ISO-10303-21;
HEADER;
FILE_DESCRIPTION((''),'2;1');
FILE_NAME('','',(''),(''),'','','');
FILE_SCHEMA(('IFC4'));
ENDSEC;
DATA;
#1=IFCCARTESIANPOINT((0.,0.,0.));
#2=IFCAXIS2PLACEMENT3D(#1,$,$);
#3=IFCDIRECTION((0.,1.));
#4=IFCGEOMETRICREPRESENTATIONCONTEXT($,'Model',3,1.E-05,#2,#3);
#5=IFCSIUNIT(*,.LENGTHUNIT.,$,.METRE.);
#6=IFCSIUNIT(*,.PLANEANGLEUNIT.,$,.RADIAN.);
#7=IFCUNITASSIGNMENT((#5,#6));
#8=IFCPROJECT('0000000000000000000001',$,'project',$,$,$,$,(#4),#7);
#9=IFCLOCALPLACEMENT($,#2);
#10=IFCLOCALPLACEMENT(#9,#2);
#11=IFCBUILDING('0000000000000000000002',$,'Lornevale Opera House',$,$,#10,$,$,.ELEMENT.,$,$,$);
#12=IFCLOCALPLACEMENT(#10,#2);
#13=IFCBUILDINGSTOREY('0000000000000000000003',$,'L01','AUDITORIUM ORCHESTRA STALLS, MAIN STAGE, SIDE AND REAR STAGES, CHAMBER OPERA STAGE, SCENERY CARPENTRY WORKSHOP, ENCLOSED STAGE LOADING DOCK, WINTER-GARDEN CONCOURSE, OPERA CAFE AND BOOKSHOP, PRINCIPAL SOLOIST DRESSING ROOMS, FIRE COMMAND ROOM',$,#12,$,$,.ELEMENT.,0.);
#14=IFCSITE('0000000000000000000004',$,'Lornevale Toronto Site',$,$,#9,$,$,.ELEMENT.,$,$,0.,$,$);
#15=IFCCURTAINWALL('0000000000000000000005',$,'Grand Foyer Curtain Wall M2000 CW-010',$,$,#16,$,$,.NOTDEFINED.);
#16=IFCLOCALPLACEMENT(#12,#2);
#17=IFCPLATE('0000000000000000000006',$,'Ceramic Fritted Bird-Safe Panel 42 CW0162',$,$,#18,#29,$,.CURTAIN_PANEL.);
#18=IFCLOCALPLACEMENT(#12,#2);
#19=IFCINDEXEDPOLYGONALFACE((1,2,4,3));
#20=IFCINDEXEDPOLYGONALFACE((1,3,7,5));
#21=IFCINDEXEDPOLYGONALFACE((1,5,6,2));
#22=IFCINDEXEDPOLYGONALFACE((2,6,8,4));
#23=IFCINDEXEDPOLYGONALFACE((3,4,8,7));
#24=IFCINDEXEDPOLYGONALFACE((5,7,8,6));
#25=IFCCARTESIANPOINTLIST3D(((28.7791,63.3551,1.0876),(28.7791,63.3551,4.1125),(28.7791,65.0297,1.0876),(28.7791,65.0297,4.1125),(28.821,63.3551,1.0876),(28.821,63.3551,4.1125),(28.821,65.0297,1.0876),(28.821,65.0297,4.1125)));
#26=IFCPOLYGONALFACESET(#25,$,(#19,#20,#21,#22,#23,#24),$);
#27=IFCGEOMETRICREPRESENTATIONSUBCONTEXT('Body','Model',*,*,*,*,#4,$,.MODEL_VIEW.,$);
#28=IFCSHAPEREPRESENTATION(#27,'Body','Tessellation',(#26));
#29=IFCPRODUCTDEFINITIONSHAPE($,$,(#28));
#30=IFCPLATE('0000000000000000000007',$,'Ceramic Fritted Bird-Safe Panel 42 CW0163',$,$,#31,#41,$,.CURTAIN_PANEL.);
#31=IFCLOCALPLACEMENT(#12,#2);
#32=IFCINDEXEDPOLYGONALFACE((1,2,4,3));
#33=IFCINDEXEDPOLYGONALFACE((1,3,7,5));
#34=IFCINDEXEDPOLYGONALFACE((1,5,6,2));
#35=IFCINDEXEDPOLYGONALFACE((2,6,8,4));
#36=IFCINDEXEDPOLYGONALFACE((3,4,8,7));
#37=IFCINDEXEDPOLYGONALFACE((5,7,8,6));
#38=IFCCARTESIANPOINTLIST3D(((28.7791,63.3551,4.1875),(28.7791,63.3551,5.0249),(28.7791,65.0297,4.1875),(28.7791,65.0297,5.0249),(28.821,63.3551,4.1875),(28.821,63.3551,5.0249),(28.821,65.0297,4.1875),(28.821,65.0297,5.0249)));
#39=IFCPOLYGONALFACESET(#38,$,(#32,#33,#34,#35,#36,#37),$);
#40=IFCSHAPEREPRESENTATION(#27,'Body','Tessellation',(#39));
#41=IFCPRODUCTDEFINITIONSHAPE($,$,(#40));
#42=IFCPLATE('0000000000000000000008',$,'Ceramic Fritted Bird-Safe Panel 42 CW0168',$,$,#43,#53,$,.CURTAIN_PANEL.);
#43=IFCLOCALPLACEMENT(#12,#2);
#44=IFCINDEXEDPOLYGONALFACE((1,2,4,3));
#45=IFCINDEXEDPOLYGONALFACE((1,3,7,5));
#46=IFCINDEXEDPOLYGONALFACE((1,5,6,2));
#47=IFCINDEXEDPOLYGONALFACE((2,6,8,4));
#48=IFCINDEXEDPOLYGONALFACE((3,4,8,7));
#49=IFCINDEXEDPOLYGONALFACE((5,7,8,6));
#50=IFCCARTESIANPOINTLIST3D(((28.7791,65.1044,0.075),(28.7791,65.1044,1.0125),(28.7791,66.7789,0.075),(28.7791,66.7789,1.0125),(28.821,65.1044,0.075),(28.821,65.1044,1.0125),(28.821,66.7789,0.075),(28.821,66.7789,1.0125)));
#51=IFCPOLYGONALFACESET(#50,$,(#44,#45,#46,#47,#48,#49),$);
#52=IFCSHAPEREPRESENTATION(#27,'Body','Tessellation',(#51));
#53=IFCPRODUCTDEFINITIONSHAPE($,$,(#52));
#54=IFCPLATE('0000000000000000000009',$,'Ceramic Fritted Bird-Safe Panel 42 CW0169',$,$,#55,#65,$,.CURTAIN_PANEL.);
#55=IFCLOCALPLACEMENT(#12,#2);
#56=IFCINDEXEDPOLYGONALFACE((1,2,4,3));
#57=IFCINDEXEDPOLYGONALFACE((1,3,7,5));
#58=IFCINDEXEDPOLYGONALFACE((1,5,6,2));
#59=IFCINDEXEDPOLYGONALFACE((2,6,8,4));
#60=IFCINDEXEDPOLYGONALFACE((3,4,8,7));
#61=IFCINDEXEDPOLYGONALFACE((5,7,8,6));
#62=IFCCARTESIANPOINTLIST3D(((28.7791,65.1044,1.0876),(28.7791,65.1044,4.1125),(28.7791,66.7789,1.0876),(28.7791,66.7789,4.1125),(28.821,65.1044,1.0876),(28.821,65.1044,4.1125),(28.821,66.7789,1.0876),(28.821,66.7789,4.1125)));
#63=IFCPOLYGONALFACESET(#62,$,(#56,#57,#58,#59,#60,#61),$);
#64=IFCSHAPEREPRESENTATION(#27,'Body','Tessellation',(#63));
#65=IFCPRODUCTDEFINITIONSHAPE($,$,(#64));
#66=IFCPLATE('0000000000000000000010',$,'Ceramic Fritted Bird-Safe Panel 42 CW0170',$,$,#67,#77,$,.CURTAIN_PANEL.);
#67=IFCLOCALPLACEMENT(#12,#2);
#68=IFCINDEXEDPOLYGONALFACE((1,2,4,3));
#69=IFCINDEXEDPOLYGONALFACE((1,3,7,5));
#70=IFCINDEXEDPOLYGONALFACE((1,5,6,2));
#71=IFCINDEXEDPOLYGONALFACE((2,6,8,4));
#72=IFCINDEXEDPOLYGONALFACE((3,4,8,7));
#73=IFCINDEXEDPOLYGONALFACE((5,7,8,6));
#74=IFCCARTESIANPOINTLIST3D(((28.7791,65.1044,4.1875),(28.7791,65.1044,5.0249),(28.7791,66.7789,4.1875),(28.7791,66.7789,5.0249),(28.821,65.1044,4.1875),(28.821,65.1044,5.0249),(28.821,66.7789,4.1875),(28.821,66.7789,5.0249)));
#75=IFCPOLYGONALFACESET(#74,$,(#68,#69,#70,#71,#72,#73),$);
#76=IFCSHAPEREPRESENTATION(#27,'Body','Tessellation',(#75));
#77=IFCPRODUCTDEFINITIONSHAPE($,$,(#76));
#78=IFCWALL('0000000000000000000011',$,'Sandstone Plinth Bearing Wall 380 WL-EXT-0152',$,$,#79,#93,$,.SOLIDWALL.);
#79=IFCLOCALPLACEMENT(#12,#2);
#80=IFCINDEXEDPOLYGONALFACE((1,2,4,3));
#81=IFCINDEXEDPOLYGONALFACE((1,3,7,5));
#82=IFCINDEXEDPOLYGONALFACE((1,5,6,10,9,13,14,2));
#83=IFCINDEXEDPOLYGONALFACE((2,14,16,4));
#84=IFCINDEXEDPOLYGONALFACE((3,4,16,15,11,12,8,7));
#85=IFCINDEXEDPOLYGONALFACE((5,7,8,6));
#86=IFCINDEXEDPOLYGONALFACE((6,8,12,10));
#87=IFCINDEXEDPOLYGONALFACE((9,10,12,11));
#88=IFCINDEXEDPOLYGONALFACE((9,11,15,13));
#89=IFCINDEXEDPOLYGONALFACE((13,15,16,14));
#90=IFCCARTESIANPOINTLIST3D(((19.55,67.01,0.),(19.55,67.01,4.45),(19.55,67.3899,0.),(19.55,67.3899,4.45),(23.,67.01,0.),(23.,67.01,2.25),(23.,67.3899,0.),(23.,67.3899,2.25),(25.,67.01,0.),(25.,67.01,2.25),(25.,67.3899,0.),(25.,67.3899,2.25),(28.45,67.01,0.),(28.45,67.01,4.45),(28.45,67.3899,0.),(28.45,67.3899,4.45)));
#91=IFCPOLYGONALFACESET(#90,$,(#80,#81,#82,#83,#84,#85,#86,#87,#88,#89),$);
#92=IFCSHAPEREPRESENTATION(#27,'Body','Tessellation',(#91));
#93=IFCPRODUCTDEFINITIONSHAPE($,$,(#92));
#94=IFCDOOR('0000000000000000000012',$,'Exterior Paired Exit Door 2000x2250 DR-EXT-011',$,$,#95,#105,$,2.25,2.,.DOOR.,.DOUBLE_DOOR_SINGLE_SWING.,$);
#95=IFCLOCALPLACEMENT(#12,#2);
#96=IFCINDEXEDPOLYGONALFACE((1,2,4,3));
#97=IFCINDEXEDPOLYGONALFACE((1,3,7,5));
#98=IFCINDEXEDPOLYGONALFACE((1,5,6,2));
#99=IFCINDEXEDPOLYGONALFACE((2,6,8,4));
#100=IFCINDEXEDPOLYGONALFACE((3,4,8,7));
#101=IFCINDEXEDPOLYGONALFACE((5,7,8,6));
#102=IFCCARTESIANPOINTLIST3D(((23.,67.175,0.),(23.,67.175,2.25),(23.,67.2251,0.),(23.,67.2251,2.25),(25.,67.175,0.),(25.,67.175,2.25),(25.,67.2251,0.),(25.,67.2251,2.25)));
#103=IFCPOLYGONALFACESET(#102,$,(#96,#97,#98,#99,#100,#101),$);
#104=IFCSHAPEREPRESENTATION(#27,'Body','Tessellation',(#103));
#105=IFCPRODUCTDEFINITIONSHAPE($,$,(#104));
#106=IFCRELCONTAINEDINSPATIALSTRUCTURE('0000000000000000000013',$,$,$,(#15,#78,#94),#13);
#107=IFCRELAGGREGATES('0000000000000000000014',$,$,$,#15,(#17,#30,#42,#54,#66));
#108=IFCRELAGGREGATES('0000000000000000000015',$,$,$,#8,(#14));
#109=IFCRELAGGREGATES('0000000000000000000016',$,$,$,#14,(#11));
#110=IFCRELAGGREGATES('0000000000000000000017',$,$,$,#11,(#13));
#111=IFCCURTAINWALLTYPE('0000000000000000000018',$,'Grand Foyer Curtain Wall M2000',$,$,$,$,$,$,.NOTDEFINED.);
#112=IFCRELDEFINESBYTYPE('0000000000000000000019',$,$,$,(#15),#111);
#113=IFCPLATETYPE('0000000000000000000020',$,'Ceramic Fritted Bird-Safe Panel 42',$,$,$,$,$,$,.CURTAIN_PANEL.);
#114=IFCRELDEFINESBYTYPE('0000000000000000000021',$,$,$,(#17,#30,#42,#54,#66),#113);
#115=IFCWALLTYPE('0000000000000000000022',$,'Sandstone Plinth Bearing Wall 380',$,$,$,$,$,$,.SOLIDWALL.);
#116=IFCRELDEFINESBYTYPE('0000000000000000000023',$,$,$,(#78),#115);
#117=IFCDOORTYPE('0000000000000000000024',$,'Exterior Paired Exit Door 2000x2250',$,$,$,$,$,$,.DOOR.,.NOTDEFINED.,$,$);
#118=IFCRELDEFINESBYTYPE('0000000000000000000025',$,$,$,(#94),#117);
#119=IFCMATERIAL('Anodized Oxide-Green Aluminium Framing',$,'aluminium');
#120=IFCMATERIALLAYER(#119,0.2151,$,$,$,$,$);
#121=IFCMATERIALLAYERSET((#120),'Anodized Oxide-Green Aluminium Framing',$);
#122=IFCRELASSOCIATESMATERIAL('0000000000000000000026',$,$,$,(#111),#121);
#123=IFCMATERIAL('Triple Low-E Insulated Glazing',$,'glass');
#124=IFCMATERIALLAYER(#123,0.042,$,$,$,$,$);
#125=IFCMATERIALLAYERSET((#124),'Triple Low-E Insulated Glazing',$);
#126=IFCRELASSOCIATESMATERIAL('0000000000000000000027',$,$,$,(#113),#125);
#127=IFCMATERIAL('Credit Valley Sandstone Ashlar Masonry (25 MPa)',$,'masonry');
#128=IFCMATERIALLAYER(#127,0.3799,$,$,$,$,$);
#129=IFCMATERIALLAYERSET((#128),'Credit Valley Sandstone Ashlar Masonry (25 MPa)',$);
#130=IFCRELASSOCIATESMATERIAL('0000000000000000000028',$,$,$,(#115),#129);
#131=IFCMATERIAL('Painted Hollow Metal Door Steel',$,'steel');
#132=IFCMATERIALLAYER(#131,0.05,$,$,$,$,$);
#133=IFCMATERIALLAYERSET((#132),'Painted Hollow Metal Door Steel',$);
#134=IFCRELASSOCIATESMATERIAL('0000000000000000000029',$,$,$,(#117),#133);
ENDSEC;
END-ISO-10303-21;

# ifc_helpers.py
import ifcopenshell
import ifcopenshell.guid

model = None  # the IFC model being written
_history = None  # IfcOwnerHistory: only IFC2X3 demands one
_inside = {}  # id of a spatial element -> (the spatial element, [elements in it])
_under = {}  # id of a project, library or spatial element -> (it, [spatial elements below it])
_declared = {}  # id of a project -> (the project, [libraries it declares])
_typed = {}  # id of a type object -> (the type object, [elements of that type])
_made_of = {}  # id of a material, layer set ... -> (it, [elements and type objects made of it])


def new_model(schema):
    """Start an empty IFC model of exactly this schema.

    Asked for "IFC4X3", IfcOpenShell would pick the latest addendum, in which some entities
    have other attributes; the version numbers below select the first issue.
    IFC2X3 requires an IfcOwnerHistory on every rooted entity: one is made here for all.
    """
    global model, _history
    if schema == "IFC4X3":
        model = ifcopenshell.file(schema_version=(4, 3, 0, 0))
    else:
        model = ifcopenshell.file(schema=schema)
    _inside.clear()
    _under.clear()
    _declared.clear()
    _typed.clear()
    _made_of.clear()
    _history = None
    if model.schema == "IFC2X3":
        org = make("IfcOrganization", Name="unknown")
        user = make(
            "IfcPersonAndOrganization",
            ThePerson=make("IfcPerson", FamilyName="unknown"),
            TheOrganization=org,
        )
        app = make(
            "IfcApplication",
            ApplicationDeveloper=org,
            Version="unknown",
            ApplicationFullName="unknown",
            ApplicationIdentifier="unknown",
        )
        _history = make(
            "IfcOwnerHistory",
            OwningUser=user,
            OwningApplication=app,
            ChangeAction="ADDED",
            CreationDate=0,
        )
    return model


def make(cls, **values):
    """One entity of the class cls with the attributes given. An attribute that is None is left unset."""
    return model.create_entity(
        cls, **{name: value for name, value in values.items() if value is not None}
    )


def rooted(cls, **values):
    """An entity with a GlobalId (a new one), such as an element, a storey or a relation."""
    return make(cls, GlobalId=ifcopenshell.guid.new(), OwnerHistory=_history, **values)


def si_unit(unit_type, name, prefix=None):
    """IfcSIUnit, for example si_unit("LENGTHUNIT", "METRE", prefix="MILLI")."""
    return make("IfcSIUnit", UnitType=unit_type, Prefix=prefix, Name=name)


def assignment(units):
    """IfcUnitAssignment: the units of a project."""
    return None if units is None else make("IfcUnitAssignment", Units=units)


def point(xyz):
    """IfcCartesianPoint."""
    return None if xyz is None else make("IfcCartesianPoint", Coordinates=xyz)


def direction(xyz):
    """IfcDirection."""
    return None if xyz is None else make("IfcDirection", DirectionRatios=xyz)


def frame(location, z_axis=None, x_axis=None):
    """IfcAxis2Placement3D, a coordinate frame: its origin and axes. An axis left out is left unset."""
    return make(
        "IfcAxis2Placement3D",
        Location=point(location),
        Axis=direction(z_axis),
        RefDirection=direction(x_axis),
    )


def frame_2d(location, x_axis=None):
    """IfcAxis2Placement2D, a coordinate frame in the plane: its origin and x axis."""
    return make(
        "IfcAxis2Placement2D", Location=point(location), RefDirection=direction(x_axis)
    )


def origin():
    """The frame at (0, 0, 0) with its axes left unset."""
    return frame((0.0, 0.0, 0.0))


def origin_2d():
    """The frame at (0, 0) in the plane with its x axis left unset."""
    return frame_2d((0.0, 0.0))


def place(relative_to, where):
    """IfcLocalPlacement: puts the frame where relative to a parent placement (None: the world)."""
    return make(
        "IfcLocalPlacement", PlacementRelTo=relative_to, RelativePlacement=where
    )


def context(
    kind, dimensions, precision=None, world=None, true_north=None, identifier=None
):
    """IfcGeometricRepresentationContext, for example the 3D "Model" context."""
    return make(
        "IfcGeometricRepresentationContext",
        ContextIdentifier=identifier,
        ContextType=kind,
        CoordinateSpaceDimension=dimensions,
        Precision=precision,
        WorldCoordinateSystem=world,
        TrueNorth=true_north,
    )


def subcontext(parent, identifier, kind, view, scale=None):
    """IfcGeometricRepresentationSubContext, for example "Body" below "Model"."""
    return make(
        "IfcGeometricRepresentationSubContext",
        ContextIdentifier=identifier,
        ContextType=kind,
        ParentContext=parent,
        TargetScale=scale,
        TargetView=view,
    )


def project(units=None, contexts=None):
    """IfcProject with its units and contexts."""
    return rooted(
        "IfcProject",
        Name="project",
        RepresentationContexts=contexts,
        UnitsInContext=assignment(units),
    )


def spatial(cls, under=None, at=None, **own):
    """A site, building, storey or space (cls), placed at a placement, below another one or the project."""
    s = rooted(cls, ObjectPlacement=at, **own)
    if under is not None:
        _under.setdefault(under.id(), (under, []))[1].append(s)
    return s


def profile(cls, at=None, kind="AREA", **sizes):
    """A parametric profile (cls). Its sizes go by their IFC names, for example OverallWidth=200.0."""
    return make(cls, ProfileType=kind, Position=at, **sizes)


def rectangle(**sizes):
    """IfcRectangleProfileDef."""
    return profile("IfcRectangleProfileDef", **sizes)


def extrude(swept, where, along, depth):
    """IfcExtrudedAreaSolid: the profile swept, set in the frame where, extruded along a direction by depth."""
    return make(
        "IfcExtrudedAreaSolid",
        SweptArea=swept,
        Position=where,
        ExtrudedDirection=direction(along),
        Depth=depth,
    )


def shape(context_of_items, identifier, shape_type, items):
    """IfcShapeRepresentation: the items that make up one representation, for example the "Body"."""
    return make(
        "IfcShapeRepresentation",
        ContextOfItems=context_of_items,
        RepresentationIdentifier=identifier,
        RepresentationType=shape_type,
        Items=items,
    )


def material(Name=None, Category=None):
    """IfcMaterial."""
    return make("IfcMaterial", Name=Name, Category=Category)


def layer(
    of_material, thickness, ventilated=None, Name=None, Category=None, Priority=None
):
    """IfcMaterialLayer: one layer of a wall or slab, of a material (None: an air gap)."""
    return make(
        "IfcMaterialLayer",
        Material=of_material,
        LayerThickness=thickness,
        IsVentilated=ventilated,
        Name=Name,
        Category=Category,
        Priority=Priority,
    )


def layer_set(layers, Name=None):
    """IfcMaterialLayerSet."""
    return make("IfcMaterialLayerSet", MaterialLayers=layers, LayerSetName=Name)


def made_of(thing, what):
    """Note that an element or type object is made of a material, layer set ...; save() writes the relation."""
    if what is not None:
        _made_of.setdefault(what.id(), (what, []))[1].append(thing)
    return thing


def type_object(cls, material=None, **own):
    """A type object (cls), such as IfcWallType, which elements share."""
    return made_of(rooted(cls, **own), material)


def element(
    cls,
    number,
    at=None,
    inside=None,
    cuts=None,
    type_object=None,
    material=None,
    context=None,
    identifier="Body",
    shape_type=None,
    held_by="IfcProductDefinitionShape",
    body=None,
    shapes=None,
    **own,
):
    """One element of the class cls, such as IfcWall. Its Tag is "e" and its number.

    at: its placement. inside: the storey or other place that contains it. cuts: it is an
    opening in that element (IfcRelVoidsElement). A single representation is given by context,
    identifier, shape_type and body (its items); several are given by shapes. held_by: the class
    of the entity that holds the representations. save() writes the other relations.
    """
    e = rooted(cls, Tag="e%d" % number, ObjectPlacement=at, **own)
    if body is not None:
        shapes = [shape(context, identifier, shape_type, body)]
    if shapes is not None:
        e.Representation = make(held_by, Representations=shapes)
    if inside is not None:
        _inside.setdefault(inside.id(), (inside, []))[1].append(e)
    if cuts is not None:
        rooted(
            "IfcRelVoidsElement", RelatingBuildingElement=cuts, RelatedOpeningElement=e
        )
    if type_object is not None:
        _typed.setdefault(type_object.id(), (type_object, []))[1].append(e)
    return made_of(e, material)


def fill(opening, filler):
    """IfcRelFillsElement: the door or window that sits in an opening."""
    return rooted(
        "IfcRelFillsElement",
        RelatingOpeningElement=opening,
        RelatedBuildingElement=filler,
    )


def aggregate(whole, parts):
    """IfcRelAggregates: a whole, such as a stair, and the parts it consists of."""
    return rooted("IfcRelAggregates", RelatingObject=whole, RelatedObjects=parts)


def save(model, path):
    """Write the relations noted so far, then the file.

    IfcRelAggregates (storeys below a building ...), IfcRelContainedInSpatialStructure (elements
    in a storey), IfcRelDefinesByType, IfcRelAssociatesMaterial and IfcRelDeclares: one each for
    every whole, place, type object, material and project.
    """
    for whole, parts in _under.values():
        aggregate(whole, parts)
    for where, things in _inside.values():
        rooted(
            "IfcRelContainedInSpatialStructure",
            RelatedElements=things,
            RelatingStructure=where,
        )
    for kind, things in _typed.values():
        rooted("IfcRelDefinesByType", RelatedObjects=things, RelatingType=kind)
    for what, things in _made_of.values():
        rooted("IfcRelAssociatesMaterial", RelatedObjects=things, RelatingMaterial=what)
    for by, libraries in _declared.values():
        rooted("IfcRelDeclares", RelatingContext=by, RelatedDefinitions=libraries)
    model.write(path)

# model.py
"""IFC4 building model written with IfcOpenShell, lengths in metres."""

from ifc_helpers import new_model, si_unit, direction, frame, frame_2d, origin, origin_2d, place, context, subcontext, project, spatial, rectangle, extrude, material, layer, layer_set, type_object, element, fill, aggregate, save


model = new_model("IFC4")

# Units and contexts
model_context = context("Model", 3, precision=1e-05, world=origin(), true_north=direction((0.0, 1.0)))
body_context = subcontext(model_context, "Body", "Model", "MODEL_VIEW")
ifc_project = project(units=[si_unit("LENGTHUNIT", "METRE"), si_unit("PLANEANGLEUNIT", "RADIAN")], contexts=[model_context])

# Site, building, storey
site_placement = place(None, origin())
site = spatial("IfcSite", under=ifc_project, at=site_placement, Name="Lornevale Toronto Site", CompositionType="ELEMENT", RefElevation=0.0)
building_placement = place(site_placement, origin())
building = spatial("IfcBuilding", under=site, at=building_placement, Name="Lornevale Opera House", CompositionType="ELEMENT")
storey_placement = place(building_placement, origin())
storey = spatial("IfcBuildingStorey", under=building, at=storey_placement, Name="L01", Description="AUDITORIUM ORCHESTRA STALLS, MAIN STAGE, SIDE AND REAR STAGES, CHAMBER OPERA STAGE, SCENERY CARPENTRY WORKSHOP, ENCLOSED STAGE LOADING DOCK, WINTER-GARDEN CONCOURSE, OPERA CAFE AND BOOKSHOP, PRINCIPAL SOLOIST DRESSING ROOMS, FIRE COMMAND ROOM", CompositionType="ELEMENT", Elevation=0.0)

# Curtain wall, plates
ifc_material_1 = material(Name="Anodized Oxide-Green Aluminium Framing", Category="aluminium")
ifc_layer_1 = layer(ifc_material_1, 0.2151)
ifc_layer_set_1 = layer_set([ifc_layer_1], Name="Anodized Oxide-Green Aluminium Framing")
curtain_wall_type = type_object("IfcCurtainWallType", Name="Grand Foyer Curtain Wall M2000", PredefinedType="NOTDEFINED", material=ifc_layer_set_1)
curtain_wall_placement = place(storey_placement, origin())
curtain_wall = element("IfcCurtainWall", 1, at=curtain_wall_placement, inside=storey, type_object=curtain_wall_type, Name="Grand Foyer Curtain Wall M2000 CW-010", PredefinedType="NOTDEFINED")
ifc_material_2 = material(Name="Triple Low-E Insulated Glazing", Category="glass")
ifc_layer_2 = layer(ifc_material_2, 0.042)
ifc_layer_set_2 = layer_set([ifc_layer_2], Name="Triple Low-E Insulated Glazing")
plate_type = type_object("IfcPlateType", Name="Ceramic Fritted Bird-Safe Panel 42", PredefinedType="CURTAIN_PANEL", material=ifc_layer_set_2)
plate_1_placement = place(storey_placement, frame((28.8, 64.1924, 1.0876), z_axis=(0.0, 0.0, 1.0), x_axis=(0.0, 1.0, 0.0)))
plate_1 = element("IfcPlate", 2, at=plate_1_placement, type_object=plate_type, Name="Ceramic Fritted Bird-Safe Panel 42 CW0162", PredefinedType="CURTAIN_PANEL", context=body_context, shape_type="SweptSolid", body=[
    extrude(rectangle(XDim=1.6746, YDim=0.042, at=origin_2d()), origin(), (0.0, 0.0, 1.0), 3.0249),
])
plate_2_placement = place(storey_placement, frame((28.8, 64.1924, 4.1875), z_axis=(0.0, 0.0, 1.0), x_axis=(0.0, 1.0, 0.0)))
plate_2 = element("IfcPlate", 3, at=plate_2_placement, type_object=plate_type, Name="Ceramic Fritted Bird-Safe Panel 42 CW0163", PredefinedType="CURTAIN_PANEL", context=body_context, shape_type="SweptSolid", body=[
    extrude(rectangle(XDim=1.6746, YDim=0.042, at=origin_2d()), origin(), (0.0, 0.0, 1.0), 0.8374),
])
plate_3_placement = place(storey_placement, frame((28.8, 65.9417, 0.075), z_axis=(0.0, 0.0, 1.0), x_axis=(0.0, 1.0, 0.0)))
plate_3 = element("IfcPlate", 4, at=plate_3_placement, type_object=plate_type, Name="Ceramic Fritted Bird-Safe Panel 42 CW0168", PredefinedType="CURTAIN_PANEL", context=body_context, shape_type="SweptSolid", body=[
    extrude(rectangle(XDim=1.6746, YDim=0.042, at=origin_2d()), origin(), (0.0, 0.0, 1.0), 0.9375),
])
plate_4_placement = place(storey_placement, frame((28.8, 65.9417, 1.0876), z_axis=(0.0, 0.0, 1.0), x_axis=(0.0, 1.0, 0.0)))
plate_4 = element("IfcPlate", 5, at=plate_4_placement, type_object=plate_type, Name="Ceramic Fritted Bird-Safe Panel 42 CW0169", PredefinedType="CURTAIN_PANEL", context=body_context, shape_type="SweptSolid", body=[
    extrude(rectangle(XDim=1.6746, YDim=0.042, at=origin_2d()), origin(), (0.0, 0.0, 1.0), 3.0249),
])
plate_5_placement = place(storey_placement, frame((28.8, 65.9417, 4.1875), z_axis=(0.0, 0.0, 1.0), x_axis=(0.0, 1.0, 0.0)))
plate_5 = element("IfcPlate", 6, at=plate_5_placement, type_object=plate_type, Name="Ceramic Fritted Bird-Safe Panel 42 CW0170", PredefinedType="CURTAIN_PANEL", context=body_context, shape_type="SweptSolid", body=[
    extrude(rectangle(XDim=1.6746, YDim=0.042, at=origin_2d()), origin(), (0.0, 0.0, 1.0), 0.8374),
])
aggregate(curtain_wall, [plate_1, plate_2, plate_3, plate_4, plate_5])

# Wall, opening, door
ifc_material_3 = material(Name="Credit Valley Sandstone Ashlar Masonry (25 MPa)", Category="masonry")
ifc_layer_3 = layer(ifc_material_3, 0.3799)
ifc_layer_set_3 = layer_set([ifc_layer_3], Name="Credit Valley Sandstone Ashlar Masonry (25 MPa)")
wall_type = type_object("IfcWallType", Name="Sandstone Plinth Bearing Wall 380", PredefinedType="SOLIDWALL", material=ifc_layer_set_3)
wall_placement = place(storey_placement, frame((28.45, 67.2, 0.0), z_axis=(0.0, 0.0, 1.0), x_axis=(-1.0, 0.0, 0.0)))
wall = element("IfcWall", 7, at=wall_placement, inside=storey, type_object=wall_type, Name="Sandstone Plinth Bearing Wall 380 WL-EXT-0152", PredefinedType="SOLIDWALL", context=body_context, shape_type="SweptSolid", body=[
    extrude(rectangle(XDim=8.8999, YDim=0.3799, at=frame_2d((4.45, 0.0))), origin(), (0.0, 0.0, 1.0), 4.45),
])
opening_placement = place(wall_placement, frame((3.45, 0.0, 0.0)))
opening = element("IfcOpeningElement", 8, at=opening_placement, cuts=wall, PredefinedType="OPENING", context=body_context, shape_type="SweptSolid", body=[
    extrude(rectangle(XDim=2.0, YDim=2.25, at=frame_2d((1.0, 1.125))), frame((0.0, 0.2, 0.0), z_axis=(0.0, -1.0, 0.0), x_axis=(1.0, 0.0, 0.0)), (0.0, 0.0, 1.0), 0.3999),
])
ifc_material_4 = material(Name="Painted Hollow Metal Door Steel", Category="steel")
ifc_layer_4 = layer(ifc_material_4, 0.05)
ifc_layer_set_4 = layer_set([ifc_layer_4], Name="Painted Hollow Metal Door Steel")
door_type = type_object("IfcDoorType", Name="Exterior Paired Exit Door 2000x2250", OperationType="NOTDEFINED", PredefinedType="DOOR", material=ifc_layer_set_4)
door_placement = place(opening_placement, origin())
door = element("IfcDoor", 9, at=door_placement, inside=storey, type_object=door_type, Name="Exterior Paired Exit Door 2000x2250 DR-EXT-011", OperationType="DOUBLE_DOOR_SINGLE_SWING", OverallHeight=2.25, OverallWidth=2.0, PredefinedType="DOOR", context=body_context, shape_type="SweptSolid", body=[
    extrude(rectangle(XDim=2.0, YDim=2.25, at=frame_2d((1.0, 1.125))), frame((0.0, 0.0249, 0.0), z_axis=(0.0, -1.0, 0.0), x_axis=(1.0, 0.0, 0.0)), (0.0, 0.0, 1.0), 0.05),
])
fill(opening, door)

save(model, "model.ifc")
